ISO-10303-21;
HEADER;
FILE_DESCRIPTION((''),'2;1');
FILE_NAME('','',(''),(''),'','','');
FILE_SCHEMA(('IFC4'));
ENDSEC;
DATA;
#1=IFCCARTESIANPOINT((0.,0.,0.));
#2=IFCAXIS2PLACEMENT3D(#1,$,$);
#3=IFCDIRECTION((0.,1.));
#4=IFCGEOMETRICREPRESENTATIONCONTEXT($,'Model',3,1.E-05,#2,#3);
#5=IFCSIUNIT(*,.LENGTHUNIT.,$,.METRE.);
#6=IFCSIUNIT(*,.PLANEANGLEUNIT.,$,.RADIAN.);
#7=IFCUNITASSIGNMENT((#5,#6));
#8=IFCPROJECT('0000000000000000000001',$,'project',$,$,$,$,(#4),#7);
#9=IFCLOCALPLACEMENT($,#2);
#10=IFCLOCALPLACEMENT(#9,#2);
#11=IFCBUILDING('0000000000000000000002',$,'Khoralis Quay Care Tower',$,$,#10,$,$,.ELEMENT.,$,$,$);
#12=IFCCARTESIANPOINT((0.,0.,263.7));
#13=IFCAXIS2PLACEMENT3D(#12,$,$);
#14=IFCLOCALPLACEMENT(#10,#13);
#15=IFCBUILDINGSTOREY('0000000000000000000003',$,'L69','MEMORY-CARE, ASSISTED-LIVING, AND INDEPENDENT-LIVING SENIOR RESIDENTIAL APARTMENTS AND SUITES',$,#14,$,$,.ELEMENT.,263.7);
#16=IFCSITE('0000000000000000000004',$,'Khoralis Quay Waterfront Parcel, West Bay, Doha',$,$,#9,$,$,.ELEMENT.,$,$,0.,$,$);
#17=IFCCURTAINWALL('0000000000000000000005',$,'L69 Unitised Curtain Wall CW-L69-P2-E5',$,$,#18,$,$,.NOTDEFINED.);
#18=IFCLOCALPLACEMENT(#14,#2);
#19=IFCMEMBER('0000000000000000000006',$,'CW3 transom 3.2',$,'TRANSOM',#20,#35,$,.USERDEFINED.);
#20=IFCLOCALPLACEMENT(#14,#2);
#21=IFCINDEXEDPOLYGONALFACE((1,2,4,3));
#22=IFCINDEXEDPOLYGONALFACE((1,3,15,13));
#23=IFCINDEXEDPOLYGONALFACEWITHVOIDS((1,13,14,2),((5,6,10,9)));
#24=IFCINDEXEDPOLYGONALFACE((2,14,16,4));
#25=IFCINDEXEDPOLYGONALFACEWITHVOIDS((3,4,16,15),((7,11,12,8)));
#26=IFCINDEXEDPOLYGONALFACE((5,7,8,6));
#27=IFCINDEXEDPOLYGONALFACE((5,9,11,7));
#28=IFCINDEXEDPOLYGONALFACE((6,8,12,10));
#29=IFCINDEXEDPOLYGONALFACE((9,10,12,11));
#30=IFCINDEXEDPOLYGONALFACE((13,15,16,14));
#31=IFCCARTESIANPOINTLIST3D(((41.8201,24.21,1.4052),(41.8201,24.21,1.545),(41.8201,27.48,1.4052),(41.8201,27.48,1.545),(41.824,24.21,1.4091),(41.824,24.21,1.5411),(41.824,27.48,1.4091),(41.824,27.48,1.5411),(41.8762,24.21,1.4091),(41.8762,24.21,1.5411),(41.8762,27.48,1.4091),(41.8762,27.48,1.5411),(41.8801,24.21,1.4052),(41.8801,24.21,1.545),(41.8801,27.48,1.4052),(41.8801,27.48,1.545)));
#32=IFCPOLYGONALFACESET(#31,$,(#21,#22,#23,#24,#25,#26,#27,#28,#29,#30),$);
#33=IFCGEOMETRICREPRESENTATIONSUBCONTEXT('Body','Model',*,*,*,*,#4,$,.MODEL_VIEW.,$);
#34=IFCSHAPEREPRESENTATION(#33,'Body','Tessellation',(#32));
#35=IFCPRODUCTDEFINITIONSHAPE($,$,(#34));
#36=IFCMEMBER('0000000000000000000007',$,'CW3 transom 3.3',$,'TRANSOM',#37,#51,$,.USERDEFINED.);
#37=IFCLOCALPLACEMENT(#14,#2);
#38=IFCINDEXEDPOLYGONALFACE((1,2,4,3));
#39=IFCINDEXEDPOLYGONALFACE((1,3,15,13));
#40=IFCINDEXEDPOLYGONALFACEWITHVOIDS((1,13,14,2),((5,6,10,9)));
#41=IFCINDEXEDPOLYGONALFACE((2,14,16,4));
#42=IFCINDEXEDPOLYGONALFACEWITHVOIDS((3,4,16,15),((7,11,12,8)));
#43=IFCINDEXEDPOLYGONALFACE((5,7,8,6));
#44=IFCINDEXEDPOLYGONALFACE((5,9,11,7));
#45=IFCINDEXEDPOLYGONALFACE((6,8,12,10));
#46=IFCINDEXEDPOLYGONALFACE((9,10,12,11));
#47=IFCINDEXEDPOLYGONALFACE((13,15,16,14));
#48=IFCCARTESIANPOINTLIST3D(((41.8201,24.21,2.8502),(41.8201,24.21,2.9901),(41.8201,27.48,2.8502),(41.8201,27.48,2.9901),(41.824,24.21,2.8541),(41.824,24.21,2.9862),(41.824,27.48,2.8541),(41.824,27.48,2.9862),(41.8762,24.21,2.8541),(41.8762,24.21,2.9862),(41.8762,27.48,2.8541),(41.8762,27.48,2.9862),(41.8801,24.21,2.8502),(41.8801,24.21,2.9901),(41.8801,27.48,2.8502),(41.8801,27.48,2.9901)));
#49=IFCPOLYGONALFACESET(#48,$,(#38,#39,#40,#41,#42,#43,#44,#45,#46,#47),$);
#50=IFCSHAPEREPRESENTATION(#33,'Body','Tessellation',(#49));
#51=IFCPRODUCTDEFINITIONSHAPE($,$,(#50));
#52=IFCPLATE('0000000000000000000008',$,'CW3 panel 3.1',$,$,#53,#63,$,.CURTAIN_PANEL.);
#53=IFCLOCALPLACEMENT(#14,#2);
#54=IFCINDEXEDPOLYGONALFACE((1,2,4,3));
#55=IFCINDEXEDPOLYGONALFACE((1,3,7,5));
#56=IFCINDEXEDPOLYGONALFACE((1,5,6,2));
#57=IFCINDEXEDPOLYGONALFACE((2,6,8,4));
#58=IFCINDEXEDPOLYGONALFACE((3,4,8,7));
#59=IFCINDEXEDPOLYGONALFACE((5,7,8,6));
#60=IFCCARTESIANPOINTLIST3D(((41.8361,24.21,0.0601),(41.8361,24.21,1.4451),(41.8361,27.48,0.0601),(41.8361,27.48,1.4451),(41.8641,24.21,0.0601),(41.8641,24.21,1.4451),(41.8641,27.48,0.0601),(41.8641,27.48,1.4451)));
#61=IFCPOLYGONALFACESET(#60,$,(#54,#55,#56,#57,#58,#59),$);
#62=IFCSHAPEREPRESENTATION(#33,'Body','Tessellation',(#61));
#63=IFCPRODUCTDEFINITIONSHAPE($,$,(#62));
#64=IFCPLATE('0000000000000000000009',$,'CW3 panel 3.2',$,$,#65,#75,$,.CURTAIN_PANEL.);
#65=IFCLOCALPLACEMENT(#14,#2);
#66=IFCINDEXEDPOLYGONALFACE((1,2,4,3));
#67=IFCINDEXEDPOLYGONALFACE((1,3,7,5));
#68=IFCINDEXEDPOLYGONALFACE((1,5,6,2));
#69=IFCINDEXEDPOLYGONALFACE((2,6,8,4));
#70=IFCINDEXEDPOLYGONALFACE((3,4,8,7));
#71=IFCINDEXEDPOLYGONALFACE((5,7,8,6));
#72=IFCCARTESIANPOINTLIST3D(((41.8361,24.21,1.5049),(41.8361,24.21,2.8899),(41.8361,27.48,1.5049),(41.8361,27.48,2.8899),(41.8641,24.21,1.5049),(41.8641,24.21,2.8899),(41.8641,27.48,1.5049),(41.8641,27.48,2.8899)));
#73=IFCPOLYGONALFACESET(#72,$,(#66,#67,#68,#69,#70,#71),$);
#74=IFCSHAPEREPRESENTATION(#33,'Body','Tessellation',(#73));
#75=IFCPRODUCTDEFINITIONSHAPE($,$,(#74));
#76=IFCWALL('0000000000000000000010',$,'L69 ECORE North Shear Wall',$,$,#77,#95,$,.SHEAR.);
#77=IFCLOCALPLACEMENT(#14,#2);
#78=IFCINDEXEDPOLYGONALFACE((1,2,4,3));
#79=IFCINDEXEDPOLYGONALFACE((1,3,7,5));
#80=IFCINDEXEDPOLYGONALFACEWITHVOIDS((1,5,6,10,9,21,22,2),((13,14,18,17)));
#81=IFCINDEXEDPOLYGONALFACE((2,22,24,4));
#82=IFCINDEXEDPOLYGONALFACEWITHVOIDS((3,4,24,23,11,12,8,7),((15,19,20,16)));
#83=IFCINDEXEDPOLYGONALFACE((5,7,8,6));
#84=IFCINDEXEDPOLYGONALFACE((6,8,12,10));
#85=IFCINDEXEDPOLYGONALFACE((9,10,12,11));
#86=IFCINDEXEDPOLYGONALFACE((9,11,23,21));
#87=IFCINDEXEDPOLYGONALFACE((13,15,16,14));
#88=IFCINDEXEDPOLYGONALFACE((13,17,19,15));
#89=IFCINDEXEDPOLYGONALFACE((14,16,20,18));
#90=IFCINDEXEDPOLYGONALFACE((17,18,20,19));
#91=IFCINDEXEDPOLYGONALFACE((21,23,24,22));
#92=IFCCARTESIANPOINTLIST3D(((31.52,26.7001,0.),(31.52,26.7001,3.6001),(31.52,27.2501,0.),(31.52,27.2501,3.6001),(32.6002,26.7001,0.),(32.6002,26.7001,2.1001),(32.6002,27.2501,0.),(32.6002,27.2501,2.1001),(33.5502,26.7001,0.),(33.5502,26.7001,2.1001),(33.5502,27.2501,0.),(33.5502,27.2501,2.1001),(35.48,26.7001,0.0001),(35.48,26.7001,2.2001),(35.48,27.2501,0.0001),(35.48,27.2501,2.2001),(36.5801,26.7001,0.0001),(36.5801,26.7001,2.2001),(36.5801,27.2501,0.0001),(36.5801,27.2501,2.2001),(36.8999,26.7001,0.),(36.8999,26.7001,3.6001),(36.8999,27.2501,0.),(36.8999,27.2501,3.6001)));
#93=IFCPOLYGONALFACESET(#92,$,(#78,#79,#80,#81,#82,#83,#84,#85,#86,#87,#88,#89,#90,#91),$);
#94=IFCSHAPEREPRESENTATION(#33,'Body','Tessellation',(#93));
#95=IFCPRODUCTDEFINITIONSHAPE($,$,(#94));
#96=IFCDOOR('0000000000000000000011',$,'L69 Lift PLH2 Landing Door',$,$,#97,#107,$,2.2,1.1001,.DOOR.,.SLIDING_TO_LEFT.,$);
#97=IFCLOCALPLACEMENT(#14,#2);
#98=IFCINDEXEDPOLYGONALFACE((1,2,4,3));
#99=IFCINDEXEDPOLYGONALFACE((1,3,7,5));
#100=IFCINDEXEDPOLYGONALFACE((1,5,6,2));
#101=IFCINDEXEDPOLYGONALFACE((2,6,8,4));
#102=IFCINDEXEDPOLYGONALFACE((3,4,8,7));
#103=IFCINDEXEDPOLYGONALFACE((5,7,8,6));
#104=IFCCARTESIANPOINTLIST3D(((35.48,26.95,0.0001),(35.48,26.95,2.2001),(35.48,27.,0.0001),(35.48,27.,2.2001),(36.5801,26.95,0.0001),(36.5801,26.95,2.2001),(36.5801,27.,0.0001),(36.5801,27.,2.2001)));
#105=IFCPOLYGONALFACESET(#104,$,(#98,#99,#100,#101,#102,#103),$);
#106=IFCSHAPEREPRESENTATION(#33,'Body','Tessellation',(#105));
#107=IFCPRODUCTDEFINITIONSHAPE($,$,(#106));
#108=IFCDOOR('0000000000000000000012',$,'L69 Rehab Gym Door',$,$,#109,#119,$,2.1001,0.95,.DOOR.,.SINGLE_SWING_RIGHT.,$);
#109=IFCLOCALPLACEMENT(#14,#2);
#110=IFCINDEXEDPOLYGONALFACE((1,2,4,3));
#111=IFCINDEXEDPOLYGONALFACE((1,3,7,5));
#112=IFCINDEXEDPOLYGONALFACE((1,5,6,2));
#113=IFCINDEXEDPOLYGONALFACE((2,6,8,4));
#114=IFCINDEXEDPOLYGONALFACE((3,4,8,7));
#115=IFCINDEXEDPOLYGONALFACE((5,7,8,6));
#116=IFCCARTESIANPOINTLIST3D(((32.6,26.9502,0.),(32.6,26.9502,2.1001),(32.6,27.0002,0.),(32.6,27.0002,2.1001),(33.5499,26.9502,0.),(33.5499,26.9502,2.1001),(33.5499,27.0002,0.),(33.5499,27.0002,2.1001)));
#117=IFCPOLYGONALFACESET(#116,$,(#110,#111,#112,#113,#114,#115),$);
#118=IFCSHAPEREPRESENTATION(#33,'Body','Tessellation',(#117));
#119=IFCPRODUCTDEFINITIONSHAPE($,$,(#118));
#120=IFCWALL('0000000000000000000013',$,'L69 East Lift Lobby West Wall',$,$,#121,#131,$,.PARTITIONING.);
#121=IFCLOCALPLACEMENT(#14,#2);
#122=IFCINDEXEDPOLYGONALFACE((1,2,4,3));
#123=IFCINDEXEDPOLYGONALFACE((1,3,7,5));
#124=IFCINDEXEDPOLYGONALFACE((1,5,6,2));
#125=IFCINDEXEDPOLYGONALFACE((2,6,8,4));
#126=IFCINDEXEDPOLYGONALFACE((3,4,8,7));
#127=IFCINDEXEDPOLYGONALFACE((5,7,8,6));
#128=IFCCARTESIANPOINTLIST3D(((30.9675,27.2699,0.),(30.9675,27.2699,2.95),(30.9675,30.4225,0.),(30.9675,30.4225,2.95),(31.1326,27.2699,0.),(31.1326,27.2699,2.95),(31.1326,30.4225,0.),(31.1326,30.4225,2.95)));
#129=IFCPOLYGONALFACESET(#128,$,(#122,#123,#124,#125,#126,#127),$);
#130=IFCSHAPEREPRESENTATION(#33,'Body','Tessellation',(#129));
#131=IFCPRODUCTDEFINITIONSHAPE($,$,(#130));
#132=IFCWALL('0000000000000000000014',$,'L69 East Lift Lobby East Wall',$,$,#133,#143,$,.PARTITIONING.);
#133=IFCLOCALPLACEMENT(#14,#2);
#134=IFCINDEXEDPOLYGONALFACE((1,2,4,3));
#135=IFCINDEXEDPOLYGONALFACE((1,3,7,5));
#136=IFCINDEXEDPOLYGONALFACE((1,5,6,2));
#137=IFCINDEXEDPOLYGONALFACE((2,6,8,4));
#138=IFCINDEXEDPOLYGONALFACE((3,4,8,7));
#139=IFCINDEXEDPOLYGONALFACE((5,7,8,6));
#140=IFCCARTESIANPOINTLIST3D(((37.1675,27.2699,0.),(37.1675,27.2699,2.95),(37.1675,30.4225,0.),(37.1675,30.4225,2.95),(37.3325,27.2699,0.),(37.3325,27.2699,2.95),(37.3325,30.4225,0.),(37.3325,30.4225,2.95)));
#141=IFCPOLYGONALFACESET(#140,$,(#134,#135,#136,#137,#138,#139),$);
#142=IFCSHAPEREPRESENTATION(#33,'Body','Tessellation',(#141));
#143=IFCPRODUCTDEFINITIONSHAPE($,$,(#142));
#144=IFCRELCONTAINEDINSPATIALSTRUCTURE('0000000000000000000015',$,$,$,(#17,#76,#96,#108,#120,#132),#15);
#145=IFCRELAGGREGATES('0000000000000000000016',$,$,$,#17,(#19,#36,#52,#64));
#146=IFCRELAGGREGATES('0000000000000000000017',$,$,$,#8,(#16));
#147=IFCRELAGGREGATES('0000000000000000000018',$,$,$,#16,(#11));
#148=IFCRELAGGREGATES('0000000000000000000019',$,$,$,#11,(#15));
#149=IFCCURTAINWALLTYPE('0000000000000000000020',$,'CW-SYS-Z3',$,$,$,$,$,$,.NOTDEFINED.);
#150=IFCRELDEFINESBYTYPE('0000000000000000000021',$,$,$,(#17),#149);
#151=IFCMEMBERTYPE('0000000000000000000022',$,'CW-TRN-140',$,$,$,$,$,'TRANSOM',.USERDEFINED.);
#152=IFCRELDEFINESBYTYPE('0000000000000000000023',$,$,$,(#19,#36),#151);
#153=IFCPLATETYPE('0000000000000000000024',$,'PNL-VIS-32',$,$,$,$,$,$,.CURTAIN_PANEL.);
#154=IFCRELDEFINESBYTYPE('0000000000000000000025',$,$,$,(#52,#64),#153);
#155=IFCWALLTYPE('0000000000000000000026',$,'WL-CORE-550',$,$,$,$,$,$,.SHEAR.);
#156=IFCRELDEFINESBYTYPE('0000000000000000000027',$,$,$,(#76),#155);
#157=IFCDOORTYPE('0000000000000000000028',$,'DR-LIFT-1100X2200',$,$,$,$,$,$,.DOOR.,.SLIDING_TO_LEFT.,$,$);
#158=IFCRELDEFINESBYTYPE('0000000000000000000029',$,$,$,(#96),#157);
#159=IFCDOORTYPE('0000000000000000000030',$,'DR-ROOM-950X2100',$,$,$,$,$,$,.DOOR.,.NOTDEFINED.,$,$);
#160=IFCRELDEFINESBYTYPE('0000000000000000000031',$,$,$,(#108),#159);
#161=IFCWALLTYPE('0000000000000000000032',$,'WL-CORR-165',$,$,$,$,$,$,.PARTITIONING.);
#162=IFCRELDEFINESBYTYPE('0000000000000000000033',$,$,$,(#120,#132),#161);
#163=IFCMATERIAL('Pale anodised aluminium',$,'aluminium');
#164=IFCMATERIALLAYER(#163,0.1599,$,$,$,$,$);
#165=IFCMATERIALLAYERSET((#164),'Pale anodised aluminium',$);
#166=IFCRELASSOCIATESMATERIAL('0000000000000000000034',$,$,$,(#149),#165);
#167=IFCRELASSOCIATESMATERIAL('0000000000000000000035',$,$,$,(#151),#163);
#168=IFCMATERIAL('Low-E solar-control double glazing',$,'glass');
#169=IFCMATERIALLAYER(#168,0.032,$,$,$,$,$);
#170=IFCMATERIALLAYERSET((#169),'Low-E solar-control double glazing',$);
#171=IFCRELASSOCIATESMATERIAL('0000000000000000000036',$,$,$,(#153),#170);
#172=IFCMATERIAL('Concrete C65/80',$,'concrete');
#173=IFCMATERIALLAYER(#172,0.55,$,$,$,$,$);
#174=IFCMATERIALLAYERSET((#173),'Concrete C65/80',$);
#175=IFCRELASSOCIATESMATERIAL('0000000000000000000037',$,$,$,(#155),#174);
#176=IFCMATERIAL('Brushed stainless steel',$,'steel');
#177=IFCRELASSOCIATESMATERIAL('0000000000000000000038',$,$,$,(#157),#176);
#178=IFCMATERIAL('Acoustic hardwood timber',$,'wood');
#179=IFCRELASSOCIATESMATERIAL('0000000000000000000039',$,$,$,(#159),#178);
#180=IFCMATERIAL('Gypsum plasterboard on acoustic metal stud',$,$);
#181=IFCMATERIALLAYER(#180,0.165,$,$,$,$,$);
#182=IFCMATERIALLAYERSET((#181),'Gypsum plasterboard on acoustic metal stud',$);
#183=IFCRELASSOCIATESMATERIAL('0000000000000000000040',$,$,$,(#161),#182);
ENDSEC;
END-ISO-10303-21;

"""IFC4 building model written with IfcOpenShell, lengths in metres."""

from ifc_helpers import new_model, si_unit, direction, frame, frame_2d, origin, origin_2d, place, context, subcontext, project, spatial, rectangle, hollow_rectangle, extrude, source, transform, mapped, material, layer, layer_set, material_profile, profile_set, type_object, element, fill, aggregate, save


model = new_model("IFC4")

# Units and contexts
model_context = context("Model", 3, precision=1e-05, world=origin(), true_north=direction((0.0, 1.0)))
body_context = subcontext(model_context, "Body", "Model", "MODEL_VIEW")
ifc_project = project(units=[si_unit("LENGTHUNIT", "METRE"), si_unit("PLANEANGLEUNIT", "RADIAN")], contexts=[model_context])

# Site, building, storey
site_placement = place(None, origin())
site = spatial("IfcSite", under=ifc_project, at=site_placement, Name="Khoralis Quay Waterfront Parcel, West Bay, Doha", CompositionType="ELEMENT", RefElevation=0.0)
building_placement = place(site_placement, origin())
building = spatial("IfcBuilding", under=site, at=building_placement, Name="Khoralis Quay Care Tower", CompositionType="ELEMENT")
storey_placement = place(building_placement, frame((0.0, 0.0, 263.7)))
storey = spatial("IfcBuildingStorey", under=building, at=storey_placement, Name="L69", Description="MEMORY-CARE, ASSISTED-LIVING, AND INDEPENDENT-LIVING SENIOR RESIDENTIAL APARTMENTS AND SUITES", CompositionType="ELEMENT", Elevation=263.7)

# Curtain wall, members, plates
ifc_material_1 = material(Name="Pale anodised aluminium", Category="aluminium")
ifc_layer_1 = layer(ifc_material_1, 0.1599)
ifc_layer_set_1 = layer_set([ifc_layer_1], Name="Pale anodised aluminium")
curtain_wall_type = type_object("IfcCurtainWallType", Name="CW-SYS-Z3", PredefinedType="NOTDEFINED", material=ifc_layer_set_1)
curtain_wall_placement = place(storey_placement, origin())
curtain_wall = element("IfcCurtainWall", 1, at=curtain_wall_placement, inside=storey, type_object=curtain_wall_type, Name="L69 Unitised Curtain Wall CW-L69-P2-E5", PredefinedType="NOTDEFINED")
ifc_material_profile_1 = material_profile(ifc_material_1, hollow_rectangle(XDim=0.0601, YDim=0.1399, WallThickness=0.0039, at=origin_2d()), Name="Pale anodised aluminium")
ifc_profile_set_1 = profile_set([ifc_material_profile_1], Name="Pale anodised aluminium")
member_type_1 = type_object("IfcMemberType", Name="CW-TRN-140", ElementType="TRANSOM", PredefinedType="USERDEFINED", material=ifc_profile_set_1)
shared_shape_1 = source(origin(), body_context, "Body", "SweptSolid", [
    extrude(hollow_rectangle(XDim=0.0601, YDim=0.1399, WallThickness=0.0039, at=origin_2d()), origin(), (0.0, 0.0, 1.0), 3.27),
])
member_1_placement = place(storey_placement, frame((41.8501, 24.21, 1.4751), z_axis=(0.0, 1.0, 0.0), x_axis=(-1.0, 0.0, 0.0)))
member_1 = element("IfcMember", 2, at=member_1_placement, type_object=member_type_1, Name="CW3 transom 3.2", ObjectType="TRANSOM", PredefinedType="USERDEFINED", context=body_context, shape_type="MappedRepresentation", body=[
    mapped(shared_shape_1, transform((0.0, 0.0, 0.0), scale=1.0)),
])
member_2_placement = place(storey_placement, frame((41.8501, 24.21, 2.9202), z_axis=(0.0, 1.0, 0.0), x_axis=(-1.0, 0.0, 0.0)))
member_2 = element("IfcMember", 3, at=member_2_placement, type_object=member_type_1, Name="CW3 transom 3.3", ObjectType="TRANSOM", PredefinedType="USERDEFINED", context=body_context, shape_type="MappedRepresentation", body=[
    mapped(shared_shape_1, transform((0.0, 0.0, 0.0), scale=1.0)),
])
ifc_material_2 = material(Name="Low-E solar-control double glazing", Category="glass")
ifc_layer_2 = layer(ifc_material_2, 0.032)
ifc_layer_set_2 = layer_set([ifc_layer_2], Name="Low-E solar-control double glazing")
plate_type = type_object("IfcPlateType", Name="PNL-VIS-32", PredefinedType="CURTAIN_PANEL", material=ifc_layer_set_2)
shared_shape_2 = source(origin(), body_context, "Body", "SweptSolid", [
    extrude(rectangle(XDim=3.27, YDim=0.0281, at=origin_2d()), origin(), (0.0, 0.0, 1.0), 1.385),
])
plate_1_placement = place(storey_placement, frame((41.8501, 25.845, 0.0601), z_axis=(0.0, 0.0, 1.0), x_axis=(0.0, 1.0, 0.0)))
plate_1 = element("IfcPlate", 4, at=plate_1_placement, type_object=plate_type, Name="CW3 panel 3.1", PredefinedType="CURTAIN_PANEL", context=body_context, shape_type="MappedRepresentation", body=[
    mapped(shared_shape_2, transform((0.0, 0.0, 0.0), scale=1.0)),
])
plate_2_placement = place(storey_placement, frame((41.8501, 25.845, 1.5049), z_axis=(0.0, 0.0, 1.0), x_axis=(0.0, 1.0, 0.0)))
plate_2 = element("IfcPlate", 5, at=plate_2_placement, type_object=plate_type, Name="CW3 panel 3.2", PredefinedType="CURTAIN_PANEL", context=body_context, shape_type="MappedRepresentation", body=[
    mapped(shared_shape_2, transform((0.0, 0.0, 0.0), scale=1.0)),
])
aggregate(curtain_wall, [member_1, member_2, plate_1, plate_2])

# Wall, openings, doors
ifc_material_3 = material(Name="Concrete C65/80", Category="concrete")
ifc_layer_3 = layer(ifc_material_3, 0.55)
ifc_layer_set_3 = layer_set([ifc_layer_3], Name="Concrete C65/80")
wall_type_1 = type_object("IfcWallType", Name="WL-CORE-550", PredefinedType="SHEAR", material=ifc_layer_set_3)
wall_1_placement = place(storey_placement, frame((31.52, 26.9751, 0.0), z_axis=(0.0, 0.0, 1.0), x_axis=(1.0, 0.0, 0.0)))
wall_1 = element("IfcWall", 6, at=wall_1_placement, inside=storey, type_object=wall_type_1, Name="L69 ECORE North Shear Wall", PredefinedType="SHEAR", context=body_context, shape_type="SweptSolid", body=[
    extrude(rectangle(XDim=5.3799, YDim=0.55, at=frame_2d((2.6899, 0.0))), origin(), (0.0, 0.0, 1.0), 3.6001),
])
opening_1_placement = place(wall_1_placement, frame((1.0801, 0.0, 0.0)))
opening_1 = element("IfcOpeningElement", 7, at=opening_1_placement, cuts=wall_1, PredefinedType="OPENING", context=body_context, shape_type="SweptSolid", body=[
    extrude(rectangle(XDim=0.95, YDim=2.1001, at=frame_2d((0.4751, 1.05))), frame((0.0, 0.2852, 0.0), z_axis=(0.0, -1.0, 0.0), x_axis=(1.0, 0.0, 0.0)), (0.0, 0.0, 1.0), 0.5701),
])
opening_2_placement = place(wall_1_placement, frame((3.96, 0.0, 0.0)))
opening_2 = element("IfcOpeningElement", 8, at=opening_2_placement, cuts=wall_1, PredefinedType="OPENING", context=body_context, shape_type="SweptSolid", body=[
    extrude(rectangle(XDim=1.1001, YDim=2.2, at=frame_2d((0.55, 1.1001))), frame((0.0, 0.2852, 0.0), z_axis=(0.0, -1.0, 0.0), x_axis=(1.0, 0.0, 0.0)), (0.0, 0.0, 1.0), 0.5701),
])
ifc_material_4 = material(Name="Brushed stainless steel", Category="steel")
door_type_1 = type_object("IfcDoorType", Name="DR-LIFT-1100X2200", OperationType="SLIDING_TO_LEFT", PredefinedType="DOOR", material=ifc_material_4)
shared_shape_3 = source(origin(), body_context, "Body", "SweptSolid", [
    extrude(rectangle(XDim=1.1001, YDim=2.2, at=frame_2d((0.55, 1.1001))), frame((0.0, 0.0249, 0.0), z_axis=(0.0, -1.0, 0.0), x_axis=(1.0, 0.0, 0.0)), (0.0, 0.0, 1.0), 0.05),
])
door_1_placement = place(opening_2_placement, origin())
door_1 = element("IfcDoor", 9, at=door_1_placement, inside=storey, type_object=door_type_1, Name="L69 Lift PLH2 Landing Door", OperationType="SLIDING_TO_LEFT", OverallHeight=2.2, OverallWidth=1.1001, PredefinedType="DOOR", context=body_context, shape_type="MappedRepresentation", body=[
    mapped(shared_shape_3, transform((0.0, 0.0, 0.0), scale=1.0)),
])
fill(opening_2, door_1)
ifc_material_5 = material(Name="Acoustic hardwood timber", Category="wood")
door_type_2 = type_object("IfcDoorType", Name="DR-ROOM-950X2100", OperationType="NOTDEFINED", PredefinedType="DOOR", material=ifc_material_5)
shared_shape_4 = source(origin(), body_context, "Body", "SweptSolid", [
    extrude(rectangle(XDim=0.95, YDim=2.1001, at=frame_2d((0.4751, 1.05))), frame((0.0, 0.0249, 0.0), z_axis=(0.0, -1.0, 0.0), x_axis=(1.0, 0.0, 0.0)), (0.0, 0.0, 1.0), 0.05),
])
door_2_placement = place(opening_1_placement, frame((0.95, 0.0, 0.0), z_axis=(0.0, 0.0, 1.0), x_axis=(-1.0, 0.0, 0.0)))
door_2 = element("IfcDoor", 10, at=door_2_placement, inside=storey, type_object=door_type_2, Name="L69 Rehab Gym Door", OperationType="SINGLE_SWING_RIGHT", OverallHeight=2.1001, OverallWidth=0.95, PredefinedType="DOOR", context=body_context, shape_type="MappedRepresentation", body=[
    mapped(shared_shape_4, transform((0.0, 0.0, 0.0), scale=1.0)),
])
fill(opening_1, door_2)

# Walls
ifc_material_6 = material(Name="Gypsum plasterboard on acoustic metal stud")
ifc_layer_4 = layer(ifc_material_6, 0.165)
ifc_layer_set_4 = layer_set([ifc_layer_4], Name="Gypsum plasterboard on acoustic metal stud")
wall_type_2 = type_object("IfcWallType", Name="WL-CORR-165", PredefinedType="PARTITIONING", material=ifc_layer_set_4)
for number, where, z_axis, x_axis, name in (
    (11, (31.05, 27.27, 0.0), (0.0, 0.0, 1.0), (0.0, 1.0, 0.0), "L69 East Lift Lobby West Wall"),
    (12, (37.25, 27.27, 0.0), (0.0, 0.0, 1.0), (0.0, 1.0, 0.0), "L69 East Lift Lobby East Wall"),
):
    element("IfcWall", number, at=place(storey_placement, frame(where, z_axis=z_axis, x_axis=x_axis)), inside=storey, type_object=wall_type_2, Name=name, PredefinedType="PARTITIONING", context=body_context, shape_type="SweptSolid", body=[
        extrude(rectangle(XDim=3.1526, YDim=0.165, at=frame_2d((1.5762, 0.0))), origin(), (0.0, 0.0, 1.0), 2.95),
    ])

save(model, "model.ifc")
